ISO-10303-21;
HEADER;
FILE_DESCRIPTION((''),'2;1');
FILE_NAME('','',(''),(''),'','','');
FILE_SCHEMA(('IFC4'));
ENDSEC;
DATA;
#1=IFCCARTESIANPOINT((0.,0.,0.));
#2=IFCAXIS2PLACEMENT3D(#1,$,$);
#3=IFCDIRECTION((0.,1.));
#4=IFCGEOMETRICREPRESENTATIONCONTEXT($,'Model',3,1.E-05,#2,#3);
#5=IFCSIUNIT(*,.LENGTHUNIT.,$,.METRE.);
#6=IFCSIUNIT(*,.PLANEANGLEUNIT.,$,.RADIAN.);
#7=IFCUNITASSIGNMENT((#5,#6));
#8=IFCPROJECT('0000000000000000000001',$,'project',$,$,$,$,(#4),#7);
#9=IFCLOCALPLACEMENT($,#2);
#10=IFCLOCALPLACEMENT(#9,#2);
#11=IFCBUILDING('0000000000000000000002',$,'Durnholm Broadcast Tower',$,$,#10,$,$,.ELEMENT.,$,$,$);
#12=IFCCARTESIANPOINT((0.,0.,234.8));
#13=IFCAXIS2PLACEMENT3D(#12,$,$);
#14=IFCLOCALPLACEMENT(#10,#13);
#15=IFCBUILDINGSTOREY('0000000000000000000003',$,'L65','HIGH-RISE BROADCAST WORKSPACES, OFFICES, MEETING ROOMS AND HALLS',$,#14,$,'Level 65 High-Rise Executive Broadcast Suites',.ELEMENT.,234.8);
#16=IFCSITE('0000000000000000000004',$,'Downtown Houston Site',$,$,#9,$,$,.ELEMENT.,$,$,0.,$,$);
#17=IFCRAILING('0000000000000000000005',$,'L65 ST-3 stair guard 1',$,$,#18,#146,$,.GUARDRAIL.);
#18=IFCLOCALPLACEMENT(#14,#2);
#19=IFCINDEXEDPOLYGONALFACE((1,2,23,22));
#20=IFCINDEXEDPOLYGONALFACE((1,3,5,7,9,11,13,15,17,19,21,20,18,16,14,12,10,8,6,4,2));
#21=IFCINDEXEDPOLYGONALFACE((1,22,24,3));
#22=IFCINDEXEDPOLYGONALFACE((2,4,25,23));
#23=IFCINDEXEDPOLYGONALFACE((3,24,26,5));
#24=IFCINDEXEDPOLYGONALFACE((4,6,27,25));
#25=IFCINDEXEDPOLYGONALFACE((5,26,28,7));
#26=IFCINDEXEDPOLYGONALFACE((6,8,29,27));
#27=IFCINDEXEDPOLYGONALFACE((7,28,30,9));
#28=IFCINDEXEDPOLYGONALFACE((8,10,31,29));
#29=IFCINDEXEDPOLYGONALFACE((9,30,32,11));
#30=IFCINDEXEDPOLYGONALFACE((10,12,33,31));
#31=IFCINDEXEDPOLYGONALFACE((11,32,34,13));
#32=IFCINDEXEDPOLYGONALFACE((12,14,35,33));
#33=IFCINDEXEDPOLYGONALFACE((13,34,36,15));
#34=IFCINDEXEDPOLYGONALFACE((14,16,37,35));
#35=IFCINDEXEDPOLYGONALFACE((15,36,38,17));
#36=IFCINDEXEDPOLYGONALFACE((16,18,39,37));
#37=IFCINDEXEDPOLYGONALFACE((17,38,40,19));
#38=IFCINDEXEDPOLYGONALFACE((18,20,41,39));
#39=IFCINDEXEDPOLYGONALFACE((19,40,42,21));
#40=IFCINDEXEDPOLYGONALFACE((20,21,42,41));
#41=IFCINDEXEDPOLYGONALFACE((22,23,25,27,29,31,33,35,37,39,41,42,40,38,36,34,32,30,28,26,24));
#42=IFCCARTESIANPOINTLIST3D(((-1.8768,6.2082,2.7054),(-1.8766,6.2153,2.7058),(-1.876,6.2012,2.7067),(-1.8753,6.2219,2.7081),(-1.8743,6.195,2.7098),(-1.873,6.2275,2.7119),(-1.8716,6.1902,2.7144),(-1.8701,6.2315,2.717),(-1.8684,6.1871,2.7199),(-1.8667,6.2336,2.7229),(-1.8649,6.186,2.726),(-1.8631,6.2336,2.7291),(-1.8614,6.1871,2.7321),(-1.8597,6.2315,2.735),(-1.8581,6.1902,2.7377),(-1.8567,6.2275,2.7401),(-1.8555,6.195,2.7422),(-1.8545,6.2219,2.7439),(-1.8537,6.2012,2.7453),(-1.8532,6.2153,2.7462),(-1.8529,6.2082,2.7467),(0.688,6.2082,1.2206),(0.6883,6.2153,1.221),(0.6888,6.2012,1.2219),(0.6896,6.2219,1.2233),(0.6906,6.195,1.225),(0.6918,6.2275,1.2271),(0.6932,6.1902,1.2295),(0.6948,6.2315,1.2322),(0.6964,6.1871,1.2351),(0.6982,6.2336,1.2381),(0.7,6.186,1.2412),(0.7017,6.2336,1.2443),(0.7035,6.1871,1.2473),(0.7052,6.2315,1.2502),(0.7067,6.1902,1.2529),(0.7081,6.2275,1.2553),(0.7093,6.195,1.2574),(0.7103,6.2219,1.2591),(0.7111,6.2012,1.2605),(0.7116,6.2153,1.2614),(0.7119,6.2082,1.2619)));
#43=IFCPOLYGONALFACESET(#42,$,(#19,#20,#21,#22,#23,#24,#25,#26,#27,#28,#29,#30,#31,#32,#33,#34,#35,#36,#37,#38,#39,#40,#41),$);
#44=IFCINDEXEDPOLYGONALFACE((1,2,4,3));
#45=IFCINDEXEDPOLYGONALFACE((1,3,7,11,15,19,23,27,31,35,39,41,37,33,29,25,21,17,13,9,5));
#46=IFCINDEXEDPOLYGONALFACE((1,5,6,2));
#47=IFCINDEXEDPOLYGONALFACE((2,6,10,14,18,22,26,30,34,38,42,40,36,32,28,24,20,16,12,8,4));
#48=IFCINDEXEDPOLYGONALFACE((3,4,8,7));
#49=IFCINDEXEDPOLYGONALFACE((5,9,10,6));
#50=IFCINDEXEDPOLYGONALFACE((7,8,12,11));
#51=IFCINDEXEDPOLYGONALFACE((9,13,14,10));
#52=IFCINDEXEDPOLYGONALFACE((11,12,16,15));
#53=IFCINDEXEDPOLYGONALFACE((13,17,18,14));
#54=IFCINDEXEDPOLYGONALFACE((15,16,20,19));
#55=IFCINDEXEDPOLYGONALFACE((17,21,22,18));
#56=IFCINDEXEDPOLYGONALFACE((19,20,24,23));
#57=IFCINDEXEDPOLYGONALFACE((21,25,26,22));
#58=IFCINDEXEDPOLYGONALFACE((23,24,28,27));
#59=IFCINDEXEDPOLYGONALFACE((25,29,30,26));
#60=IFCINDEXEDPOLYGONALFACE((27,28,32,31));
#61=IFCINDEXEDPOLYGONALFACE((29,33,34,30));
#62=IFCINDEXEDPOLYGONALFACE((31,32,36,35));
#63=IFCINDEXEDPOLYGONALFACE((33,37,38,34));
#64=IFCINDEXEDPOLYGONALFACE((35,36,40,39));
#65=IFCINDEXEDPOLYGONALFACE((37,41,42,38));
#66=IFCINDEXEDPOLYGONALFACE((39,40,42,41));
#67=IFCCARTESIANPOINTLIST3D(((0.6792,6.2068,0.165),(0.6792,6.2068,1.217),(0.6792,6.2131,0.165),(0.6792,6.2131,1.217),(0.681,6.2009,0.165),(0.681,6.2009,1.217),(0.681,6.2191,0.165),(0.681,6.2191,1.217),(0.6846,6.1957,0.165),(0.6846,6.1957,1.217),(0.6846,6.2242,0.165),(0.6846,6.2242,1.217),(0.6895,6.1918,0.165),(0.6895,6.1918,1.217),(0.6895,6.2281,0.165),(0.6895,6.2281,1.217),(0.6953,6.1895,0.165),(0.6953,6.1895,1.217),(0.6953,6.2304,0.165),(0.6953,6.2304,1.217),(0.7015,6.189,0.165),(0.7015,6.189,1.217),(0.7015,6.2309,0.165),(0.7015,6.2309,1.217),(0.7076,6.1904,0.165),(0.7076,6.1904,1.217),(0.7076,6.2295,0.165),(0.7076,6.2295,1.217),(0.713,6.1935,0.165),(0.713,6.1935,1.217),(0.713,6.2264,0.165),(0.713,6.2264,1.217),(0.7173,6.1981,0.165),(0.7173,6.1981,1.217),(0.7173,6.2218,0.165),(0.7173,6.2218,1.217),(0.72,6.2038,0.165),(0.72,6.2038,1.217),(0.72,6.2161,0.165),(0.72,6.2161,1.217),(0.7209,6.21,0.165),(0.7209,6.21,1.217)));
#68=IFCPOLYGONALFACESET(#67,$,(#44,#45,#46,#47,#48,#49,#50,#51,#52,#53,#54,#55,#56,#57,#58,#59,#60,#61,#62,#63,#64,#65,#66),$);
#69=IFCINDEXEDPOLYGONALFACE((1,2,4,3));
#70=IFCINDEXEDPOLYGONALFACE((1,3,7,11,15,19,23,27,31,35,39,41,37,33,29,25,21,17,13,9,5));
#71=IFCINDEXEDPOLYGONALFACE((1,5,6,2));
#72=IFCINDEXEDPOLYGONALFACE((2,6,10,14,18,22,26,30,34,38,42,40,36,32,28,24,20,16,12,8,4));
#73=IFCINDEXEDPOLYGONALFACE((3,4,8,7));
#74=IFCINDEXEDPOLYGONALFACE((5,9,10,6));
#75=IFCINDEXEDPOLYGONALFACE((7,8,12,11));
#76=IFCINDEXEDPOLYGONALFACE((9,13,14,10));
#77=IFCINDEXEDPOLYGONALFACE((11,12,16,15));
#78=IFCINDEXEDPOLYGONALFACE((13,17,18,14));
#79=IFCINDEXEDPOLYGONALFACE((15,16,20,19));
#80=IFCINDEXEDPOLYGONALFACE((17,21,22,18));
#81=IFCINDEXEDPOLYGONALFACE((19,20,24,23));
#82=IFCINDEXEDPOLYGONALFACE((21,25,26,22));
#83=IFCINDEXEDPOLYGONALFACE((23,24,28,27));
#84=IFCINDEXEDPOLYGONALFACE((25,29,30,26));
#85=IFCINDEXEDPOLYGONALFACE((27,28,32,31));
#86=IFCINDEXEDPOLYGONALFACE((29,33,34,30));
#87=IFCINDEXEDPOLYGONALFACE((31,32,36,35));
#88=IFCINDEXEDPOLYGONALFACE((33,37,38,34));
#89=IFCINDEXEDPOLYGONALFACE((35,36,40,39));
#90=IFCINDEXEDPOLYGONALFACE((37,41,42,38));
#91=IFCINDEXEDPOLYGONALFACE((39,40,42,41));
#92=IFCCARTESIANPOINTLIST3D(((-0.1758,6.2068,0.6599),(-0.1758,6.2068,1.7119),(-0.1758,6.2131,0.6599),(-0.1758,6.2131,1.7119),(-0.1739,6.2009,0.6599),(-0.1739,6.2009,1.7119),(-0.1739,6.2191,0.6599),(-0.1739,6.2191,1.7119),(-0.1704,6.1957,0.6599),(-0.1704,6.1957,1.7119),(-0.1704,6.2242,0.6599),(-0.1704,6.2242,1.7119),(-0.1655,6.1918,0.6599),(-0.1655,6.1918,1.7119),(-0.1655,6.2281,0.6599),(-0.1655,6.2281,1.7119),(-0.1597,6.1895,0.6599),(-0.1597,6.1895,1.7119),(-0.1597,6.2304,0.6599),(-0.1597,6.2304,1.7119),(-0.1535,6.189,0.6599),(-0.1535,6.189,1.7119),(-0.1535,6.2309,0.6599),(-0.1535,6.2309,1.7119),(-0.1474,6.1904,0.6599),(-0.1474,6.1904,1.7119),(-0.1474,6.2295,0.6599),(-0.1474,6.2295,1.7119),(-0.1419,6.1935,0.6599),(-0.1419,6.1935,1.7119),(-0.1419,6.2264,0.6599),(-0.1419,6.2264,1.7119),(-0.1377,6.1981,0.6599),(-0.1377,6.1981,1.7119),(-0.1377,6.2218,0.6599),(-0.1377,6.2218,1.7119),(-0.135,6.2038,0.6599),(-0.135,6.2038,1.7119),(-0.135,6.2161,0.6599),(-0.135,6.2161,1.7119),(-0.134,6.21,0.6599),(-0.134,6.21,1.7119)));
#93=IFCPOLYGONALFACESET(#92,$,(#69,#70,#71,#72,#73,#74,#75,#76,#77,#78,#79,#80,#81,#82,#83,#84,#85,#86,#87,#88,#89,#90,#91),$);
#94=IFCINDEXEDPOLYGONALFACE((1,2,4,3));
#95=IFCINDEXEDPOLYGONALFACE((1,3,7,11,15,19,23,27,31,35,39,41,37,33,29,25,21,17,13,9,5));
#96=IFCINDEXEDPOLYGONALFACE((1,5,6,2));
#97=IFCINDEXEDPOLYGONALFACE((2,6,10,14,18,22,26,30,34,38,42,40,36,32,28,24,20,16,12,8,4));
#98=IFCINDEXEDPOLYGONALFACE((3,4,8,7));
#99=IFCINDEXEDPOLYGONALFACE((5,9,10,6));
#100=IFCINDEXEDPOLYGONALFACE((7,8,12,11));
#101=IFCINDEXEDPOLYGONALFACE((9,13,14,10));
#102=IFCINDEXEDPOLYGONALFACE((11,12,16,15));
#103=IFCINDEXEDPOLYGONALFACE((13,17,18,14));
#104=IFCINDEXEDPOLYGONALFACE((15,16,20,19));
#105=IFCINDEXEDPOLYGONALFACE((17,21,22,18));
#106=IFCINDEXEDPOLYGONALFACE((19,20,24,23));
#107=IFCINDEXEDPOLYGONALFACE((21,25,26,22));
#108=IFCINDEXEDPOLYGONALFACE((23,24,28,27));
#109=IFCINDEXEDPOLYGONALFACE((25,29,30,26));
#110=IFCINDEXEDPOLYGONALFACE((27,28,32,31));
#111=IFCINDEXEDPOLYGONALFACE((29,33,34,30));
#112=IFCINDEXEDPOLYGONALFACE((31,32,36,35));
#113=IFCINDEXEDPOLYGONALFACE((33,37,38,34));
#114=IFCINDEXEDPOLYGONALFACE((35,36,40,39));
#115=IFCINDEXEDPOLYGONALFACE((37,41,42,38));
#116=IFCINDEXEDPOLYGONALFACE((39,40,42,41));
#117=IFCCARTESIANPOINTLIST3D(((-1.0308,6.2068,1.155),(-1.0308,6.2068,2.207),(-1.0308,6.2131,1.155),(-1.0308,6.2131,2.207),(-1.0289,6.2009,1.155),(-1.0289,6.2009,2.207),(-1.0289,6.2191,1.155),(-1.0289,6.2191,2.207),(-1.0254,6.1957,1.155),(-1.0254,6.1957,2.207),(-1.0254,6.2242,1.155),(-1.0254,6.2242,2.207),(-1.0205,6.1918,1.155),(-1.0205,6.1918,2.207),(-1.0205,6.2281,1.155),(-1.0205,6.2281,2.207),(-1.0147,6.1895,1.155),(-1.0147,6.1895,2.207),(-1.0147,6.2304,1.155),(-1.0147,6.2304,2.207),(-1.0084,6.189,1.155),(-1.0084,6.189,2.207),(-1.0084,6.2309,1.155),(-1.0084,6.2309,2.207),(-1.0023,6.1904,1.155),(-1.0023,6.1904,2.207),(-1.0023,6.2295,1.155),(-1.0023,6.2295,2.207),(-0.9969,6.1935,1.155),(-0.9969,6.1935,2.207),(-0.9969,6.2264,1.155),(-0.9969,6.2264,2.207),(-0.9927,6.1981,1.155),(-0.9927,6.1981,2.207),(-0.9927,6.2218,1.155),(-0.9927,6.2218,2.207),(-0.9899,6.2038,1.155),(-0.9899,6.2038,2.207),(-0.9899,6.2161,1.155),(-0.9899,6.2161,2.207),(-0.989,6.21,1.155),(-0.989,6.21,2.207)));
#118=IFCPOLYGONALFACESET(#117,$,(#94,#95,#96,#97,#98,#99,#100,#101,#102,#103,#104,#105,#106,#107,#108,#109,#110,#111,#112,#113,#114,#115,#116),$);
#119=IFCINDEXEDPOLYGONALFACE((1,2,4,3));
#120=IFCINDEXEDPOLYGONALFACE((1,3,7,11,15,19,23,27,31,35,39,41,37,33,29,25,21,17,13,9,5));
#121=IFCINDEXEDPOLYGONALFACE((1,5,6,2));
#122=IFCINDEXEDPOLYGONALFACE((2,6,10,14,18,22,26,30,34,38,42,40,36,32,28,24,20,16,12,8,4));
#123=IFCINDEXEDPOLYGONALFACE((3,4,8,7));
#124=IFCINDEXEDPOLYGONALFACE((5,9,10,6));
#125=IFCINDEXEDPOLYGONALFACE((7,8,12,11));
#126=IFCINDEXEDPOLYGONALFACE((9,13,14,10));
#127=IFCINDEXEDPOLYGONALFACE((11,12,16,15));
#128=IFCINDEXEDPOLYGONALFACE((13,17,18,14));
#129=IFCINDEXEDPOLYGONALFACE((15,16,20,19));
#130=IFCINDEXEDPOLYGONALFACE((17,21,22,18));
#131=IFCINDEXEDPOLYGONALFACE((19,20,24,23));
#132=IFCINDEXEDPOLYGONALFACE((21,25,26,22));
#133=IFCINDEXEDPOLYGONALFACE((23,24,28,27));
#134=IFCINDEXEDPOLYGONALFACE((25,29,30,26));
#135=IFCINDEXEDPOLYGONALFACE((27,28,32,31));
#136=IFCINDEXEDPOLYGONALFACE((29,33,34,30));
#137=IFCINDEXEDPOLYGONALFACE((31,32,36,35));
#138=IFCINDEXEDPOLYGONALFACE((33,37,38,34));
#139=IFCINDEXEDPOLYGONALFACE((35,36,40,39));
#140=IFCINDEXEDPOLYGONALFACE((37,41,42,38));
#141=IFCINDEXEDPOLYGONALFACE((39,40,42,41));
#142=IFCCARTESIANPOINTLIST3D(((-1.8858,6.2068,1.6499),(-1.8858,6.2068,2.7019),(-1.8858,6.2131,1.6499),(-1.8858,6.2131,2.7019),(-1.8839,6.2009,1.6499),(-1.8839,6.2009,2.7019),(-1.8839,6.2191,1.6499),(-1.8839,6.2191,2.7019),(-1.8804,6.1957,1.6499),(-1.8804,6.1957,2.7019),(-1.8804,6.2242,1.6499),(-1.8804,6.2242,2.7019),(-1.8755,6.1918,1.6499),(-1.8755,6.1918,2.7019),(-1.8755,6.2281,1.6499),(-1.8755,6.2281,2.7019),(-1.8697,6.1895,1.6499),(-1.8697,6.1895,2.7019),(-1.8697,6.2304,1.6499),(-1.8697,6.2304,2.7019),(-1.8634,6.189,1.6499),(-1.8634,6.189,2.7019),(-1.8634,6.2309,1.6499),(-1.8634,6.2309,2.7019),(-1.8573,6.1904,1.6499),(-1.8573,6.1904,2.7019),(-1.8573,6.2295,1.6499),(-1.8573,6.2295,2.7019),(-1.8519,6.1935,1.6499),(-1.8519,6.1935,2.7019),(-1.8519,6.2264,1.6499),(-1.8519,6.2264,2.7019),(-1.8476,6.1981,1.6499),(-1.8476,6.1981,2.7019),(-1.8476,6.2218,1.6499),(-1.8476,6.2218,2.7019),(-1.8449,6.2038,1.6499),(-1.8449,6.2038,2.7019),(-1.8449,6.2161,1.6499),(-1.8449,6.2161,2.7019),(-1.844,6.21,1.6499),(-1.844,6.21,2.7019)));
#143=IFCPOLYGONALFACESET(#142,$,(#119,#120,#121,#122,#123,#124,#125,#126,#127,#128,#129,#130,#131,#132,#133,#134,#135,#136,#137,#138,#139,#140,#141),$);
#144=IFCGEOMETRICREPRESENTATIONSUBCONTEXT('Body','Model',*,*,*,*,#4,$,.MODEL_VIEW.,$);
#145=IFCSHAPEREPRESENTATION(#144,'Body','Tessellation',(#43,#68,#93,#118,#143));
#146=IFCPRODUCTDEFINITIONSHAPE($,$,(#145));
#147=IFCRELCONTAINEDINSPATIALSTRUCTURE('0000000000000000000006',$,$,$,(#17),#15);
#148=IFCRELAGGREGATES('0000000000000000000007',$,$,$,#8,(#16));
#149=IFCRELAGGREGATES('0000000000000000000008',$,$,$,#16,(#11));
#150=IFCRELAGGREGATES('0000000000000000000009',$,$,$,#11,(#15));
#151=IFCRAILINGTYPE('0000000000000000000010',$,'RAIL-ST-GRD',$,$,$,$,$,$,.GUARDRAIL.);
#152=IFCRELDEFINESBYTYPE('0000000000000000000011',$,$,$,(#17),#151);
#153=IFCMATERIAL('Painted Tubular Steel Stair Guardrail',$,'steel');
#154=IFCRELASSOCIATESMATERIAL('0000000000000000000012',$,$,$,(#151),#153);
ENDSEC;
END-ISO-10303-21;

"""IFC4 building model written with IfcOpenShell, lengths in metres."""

from ifc_helpers import new_model, si_unit, direction, frame, origin, origin_2d, place, context, subcontext, project, spatial, circle, extrude, material, type_object, element, save


model = new_model("IFC4")

# Units and contexts
model_context = context("Model", 3, precision=1e-05, world=origin(), true_north=direction((0.0, 1.0)))
body_context = subcontext(model_context, "Body", "Model", "MODEL_VIEW")
ifc_project = project(units=[si_unit("LENGTHUNIT", "METRE"), si_unit("PLANEANGLEUNIT", "RADIAN")], contexts=[model_context])

# Site, building, storey
site_placement = place(None, origin())
site = spatial("IfcSite", under=ifc_project, at=site_placement, Name="Downtown Houston Site", CompositionType="ELEMENT", RefElevation=0.0)
building_placement = place(site_placement, origin())
building = spatial("IfcBuilding", under=site, at=building_placement, Name="Durnholm Broadcast Tower", CompositionType="ELEMENT")
storey_placement = place(building_placement, frame((0.0, 0.0, 234.8)))
storey = spatial("IfcBuildingStorey", under=building, at=storey_placement, Name="L65", Description="HIGH-RISE BROADCAST WORKSPACES, OFFICES, MEETING ROOMS AND HALLS", LongName="Level 65 High-Rise Executive Broadcast Suites", CompositionType="ELEMENT", Elevation=234.8)

# Railing
ifc_material_1 = material(Name="Painted Tubular Steel Stair Guardrail", Category="steel")
railing_type_1 = type_object("IfcRailingType", Name="RAIL-ST-GRD", PredefinedType="GUARDRAIL", material=ifc_material_1)
railing_1_placement = place(storey_placement, frame((0.7, 6.21, 0.165)))
element("IfcRailing", 1, at=railing_1_placement, inside=storey, type_object=railing_type_1, Name="L65 ST-3 stair guard 1", PredefinedType="GUARDRAIL", context=body_context, shape_type="SweptSolid", body=[
    extrude(circle(Radius=0.0239, at=origin_2d()), frame((0.0, 0.0, 1.0762), z_axis=(-0.865441, 0.0, 0.50101), x_axis=(0.0, -1.0, 0.0)), (0.0, 0.0, 1.0), 2.9636),
    extrude(circle(Radius=0.021, at=origin_2d()), origin(), (0.0, 0.0, 1.0), 1.052),
    extrude(circle(Radius=0.021, at=origin_2d()), frame((-0.855, 0.0, 0.4949)), (0.0, 0.0, 1.0), 1.052),
    extrude(circle(Radius=0.021, at=origin_2d()), frame((-1.71, 0.0, 0.99)), (0.0, 0.0, 1.0), 1.052),
    extrude(circle(Radius=0.021, at=origin_2d()), frame((-2.5649, 0.0, 1.4849)), (0.0, 0.0, 1.0), 1.052),
])

save(model, "model.ifc")
